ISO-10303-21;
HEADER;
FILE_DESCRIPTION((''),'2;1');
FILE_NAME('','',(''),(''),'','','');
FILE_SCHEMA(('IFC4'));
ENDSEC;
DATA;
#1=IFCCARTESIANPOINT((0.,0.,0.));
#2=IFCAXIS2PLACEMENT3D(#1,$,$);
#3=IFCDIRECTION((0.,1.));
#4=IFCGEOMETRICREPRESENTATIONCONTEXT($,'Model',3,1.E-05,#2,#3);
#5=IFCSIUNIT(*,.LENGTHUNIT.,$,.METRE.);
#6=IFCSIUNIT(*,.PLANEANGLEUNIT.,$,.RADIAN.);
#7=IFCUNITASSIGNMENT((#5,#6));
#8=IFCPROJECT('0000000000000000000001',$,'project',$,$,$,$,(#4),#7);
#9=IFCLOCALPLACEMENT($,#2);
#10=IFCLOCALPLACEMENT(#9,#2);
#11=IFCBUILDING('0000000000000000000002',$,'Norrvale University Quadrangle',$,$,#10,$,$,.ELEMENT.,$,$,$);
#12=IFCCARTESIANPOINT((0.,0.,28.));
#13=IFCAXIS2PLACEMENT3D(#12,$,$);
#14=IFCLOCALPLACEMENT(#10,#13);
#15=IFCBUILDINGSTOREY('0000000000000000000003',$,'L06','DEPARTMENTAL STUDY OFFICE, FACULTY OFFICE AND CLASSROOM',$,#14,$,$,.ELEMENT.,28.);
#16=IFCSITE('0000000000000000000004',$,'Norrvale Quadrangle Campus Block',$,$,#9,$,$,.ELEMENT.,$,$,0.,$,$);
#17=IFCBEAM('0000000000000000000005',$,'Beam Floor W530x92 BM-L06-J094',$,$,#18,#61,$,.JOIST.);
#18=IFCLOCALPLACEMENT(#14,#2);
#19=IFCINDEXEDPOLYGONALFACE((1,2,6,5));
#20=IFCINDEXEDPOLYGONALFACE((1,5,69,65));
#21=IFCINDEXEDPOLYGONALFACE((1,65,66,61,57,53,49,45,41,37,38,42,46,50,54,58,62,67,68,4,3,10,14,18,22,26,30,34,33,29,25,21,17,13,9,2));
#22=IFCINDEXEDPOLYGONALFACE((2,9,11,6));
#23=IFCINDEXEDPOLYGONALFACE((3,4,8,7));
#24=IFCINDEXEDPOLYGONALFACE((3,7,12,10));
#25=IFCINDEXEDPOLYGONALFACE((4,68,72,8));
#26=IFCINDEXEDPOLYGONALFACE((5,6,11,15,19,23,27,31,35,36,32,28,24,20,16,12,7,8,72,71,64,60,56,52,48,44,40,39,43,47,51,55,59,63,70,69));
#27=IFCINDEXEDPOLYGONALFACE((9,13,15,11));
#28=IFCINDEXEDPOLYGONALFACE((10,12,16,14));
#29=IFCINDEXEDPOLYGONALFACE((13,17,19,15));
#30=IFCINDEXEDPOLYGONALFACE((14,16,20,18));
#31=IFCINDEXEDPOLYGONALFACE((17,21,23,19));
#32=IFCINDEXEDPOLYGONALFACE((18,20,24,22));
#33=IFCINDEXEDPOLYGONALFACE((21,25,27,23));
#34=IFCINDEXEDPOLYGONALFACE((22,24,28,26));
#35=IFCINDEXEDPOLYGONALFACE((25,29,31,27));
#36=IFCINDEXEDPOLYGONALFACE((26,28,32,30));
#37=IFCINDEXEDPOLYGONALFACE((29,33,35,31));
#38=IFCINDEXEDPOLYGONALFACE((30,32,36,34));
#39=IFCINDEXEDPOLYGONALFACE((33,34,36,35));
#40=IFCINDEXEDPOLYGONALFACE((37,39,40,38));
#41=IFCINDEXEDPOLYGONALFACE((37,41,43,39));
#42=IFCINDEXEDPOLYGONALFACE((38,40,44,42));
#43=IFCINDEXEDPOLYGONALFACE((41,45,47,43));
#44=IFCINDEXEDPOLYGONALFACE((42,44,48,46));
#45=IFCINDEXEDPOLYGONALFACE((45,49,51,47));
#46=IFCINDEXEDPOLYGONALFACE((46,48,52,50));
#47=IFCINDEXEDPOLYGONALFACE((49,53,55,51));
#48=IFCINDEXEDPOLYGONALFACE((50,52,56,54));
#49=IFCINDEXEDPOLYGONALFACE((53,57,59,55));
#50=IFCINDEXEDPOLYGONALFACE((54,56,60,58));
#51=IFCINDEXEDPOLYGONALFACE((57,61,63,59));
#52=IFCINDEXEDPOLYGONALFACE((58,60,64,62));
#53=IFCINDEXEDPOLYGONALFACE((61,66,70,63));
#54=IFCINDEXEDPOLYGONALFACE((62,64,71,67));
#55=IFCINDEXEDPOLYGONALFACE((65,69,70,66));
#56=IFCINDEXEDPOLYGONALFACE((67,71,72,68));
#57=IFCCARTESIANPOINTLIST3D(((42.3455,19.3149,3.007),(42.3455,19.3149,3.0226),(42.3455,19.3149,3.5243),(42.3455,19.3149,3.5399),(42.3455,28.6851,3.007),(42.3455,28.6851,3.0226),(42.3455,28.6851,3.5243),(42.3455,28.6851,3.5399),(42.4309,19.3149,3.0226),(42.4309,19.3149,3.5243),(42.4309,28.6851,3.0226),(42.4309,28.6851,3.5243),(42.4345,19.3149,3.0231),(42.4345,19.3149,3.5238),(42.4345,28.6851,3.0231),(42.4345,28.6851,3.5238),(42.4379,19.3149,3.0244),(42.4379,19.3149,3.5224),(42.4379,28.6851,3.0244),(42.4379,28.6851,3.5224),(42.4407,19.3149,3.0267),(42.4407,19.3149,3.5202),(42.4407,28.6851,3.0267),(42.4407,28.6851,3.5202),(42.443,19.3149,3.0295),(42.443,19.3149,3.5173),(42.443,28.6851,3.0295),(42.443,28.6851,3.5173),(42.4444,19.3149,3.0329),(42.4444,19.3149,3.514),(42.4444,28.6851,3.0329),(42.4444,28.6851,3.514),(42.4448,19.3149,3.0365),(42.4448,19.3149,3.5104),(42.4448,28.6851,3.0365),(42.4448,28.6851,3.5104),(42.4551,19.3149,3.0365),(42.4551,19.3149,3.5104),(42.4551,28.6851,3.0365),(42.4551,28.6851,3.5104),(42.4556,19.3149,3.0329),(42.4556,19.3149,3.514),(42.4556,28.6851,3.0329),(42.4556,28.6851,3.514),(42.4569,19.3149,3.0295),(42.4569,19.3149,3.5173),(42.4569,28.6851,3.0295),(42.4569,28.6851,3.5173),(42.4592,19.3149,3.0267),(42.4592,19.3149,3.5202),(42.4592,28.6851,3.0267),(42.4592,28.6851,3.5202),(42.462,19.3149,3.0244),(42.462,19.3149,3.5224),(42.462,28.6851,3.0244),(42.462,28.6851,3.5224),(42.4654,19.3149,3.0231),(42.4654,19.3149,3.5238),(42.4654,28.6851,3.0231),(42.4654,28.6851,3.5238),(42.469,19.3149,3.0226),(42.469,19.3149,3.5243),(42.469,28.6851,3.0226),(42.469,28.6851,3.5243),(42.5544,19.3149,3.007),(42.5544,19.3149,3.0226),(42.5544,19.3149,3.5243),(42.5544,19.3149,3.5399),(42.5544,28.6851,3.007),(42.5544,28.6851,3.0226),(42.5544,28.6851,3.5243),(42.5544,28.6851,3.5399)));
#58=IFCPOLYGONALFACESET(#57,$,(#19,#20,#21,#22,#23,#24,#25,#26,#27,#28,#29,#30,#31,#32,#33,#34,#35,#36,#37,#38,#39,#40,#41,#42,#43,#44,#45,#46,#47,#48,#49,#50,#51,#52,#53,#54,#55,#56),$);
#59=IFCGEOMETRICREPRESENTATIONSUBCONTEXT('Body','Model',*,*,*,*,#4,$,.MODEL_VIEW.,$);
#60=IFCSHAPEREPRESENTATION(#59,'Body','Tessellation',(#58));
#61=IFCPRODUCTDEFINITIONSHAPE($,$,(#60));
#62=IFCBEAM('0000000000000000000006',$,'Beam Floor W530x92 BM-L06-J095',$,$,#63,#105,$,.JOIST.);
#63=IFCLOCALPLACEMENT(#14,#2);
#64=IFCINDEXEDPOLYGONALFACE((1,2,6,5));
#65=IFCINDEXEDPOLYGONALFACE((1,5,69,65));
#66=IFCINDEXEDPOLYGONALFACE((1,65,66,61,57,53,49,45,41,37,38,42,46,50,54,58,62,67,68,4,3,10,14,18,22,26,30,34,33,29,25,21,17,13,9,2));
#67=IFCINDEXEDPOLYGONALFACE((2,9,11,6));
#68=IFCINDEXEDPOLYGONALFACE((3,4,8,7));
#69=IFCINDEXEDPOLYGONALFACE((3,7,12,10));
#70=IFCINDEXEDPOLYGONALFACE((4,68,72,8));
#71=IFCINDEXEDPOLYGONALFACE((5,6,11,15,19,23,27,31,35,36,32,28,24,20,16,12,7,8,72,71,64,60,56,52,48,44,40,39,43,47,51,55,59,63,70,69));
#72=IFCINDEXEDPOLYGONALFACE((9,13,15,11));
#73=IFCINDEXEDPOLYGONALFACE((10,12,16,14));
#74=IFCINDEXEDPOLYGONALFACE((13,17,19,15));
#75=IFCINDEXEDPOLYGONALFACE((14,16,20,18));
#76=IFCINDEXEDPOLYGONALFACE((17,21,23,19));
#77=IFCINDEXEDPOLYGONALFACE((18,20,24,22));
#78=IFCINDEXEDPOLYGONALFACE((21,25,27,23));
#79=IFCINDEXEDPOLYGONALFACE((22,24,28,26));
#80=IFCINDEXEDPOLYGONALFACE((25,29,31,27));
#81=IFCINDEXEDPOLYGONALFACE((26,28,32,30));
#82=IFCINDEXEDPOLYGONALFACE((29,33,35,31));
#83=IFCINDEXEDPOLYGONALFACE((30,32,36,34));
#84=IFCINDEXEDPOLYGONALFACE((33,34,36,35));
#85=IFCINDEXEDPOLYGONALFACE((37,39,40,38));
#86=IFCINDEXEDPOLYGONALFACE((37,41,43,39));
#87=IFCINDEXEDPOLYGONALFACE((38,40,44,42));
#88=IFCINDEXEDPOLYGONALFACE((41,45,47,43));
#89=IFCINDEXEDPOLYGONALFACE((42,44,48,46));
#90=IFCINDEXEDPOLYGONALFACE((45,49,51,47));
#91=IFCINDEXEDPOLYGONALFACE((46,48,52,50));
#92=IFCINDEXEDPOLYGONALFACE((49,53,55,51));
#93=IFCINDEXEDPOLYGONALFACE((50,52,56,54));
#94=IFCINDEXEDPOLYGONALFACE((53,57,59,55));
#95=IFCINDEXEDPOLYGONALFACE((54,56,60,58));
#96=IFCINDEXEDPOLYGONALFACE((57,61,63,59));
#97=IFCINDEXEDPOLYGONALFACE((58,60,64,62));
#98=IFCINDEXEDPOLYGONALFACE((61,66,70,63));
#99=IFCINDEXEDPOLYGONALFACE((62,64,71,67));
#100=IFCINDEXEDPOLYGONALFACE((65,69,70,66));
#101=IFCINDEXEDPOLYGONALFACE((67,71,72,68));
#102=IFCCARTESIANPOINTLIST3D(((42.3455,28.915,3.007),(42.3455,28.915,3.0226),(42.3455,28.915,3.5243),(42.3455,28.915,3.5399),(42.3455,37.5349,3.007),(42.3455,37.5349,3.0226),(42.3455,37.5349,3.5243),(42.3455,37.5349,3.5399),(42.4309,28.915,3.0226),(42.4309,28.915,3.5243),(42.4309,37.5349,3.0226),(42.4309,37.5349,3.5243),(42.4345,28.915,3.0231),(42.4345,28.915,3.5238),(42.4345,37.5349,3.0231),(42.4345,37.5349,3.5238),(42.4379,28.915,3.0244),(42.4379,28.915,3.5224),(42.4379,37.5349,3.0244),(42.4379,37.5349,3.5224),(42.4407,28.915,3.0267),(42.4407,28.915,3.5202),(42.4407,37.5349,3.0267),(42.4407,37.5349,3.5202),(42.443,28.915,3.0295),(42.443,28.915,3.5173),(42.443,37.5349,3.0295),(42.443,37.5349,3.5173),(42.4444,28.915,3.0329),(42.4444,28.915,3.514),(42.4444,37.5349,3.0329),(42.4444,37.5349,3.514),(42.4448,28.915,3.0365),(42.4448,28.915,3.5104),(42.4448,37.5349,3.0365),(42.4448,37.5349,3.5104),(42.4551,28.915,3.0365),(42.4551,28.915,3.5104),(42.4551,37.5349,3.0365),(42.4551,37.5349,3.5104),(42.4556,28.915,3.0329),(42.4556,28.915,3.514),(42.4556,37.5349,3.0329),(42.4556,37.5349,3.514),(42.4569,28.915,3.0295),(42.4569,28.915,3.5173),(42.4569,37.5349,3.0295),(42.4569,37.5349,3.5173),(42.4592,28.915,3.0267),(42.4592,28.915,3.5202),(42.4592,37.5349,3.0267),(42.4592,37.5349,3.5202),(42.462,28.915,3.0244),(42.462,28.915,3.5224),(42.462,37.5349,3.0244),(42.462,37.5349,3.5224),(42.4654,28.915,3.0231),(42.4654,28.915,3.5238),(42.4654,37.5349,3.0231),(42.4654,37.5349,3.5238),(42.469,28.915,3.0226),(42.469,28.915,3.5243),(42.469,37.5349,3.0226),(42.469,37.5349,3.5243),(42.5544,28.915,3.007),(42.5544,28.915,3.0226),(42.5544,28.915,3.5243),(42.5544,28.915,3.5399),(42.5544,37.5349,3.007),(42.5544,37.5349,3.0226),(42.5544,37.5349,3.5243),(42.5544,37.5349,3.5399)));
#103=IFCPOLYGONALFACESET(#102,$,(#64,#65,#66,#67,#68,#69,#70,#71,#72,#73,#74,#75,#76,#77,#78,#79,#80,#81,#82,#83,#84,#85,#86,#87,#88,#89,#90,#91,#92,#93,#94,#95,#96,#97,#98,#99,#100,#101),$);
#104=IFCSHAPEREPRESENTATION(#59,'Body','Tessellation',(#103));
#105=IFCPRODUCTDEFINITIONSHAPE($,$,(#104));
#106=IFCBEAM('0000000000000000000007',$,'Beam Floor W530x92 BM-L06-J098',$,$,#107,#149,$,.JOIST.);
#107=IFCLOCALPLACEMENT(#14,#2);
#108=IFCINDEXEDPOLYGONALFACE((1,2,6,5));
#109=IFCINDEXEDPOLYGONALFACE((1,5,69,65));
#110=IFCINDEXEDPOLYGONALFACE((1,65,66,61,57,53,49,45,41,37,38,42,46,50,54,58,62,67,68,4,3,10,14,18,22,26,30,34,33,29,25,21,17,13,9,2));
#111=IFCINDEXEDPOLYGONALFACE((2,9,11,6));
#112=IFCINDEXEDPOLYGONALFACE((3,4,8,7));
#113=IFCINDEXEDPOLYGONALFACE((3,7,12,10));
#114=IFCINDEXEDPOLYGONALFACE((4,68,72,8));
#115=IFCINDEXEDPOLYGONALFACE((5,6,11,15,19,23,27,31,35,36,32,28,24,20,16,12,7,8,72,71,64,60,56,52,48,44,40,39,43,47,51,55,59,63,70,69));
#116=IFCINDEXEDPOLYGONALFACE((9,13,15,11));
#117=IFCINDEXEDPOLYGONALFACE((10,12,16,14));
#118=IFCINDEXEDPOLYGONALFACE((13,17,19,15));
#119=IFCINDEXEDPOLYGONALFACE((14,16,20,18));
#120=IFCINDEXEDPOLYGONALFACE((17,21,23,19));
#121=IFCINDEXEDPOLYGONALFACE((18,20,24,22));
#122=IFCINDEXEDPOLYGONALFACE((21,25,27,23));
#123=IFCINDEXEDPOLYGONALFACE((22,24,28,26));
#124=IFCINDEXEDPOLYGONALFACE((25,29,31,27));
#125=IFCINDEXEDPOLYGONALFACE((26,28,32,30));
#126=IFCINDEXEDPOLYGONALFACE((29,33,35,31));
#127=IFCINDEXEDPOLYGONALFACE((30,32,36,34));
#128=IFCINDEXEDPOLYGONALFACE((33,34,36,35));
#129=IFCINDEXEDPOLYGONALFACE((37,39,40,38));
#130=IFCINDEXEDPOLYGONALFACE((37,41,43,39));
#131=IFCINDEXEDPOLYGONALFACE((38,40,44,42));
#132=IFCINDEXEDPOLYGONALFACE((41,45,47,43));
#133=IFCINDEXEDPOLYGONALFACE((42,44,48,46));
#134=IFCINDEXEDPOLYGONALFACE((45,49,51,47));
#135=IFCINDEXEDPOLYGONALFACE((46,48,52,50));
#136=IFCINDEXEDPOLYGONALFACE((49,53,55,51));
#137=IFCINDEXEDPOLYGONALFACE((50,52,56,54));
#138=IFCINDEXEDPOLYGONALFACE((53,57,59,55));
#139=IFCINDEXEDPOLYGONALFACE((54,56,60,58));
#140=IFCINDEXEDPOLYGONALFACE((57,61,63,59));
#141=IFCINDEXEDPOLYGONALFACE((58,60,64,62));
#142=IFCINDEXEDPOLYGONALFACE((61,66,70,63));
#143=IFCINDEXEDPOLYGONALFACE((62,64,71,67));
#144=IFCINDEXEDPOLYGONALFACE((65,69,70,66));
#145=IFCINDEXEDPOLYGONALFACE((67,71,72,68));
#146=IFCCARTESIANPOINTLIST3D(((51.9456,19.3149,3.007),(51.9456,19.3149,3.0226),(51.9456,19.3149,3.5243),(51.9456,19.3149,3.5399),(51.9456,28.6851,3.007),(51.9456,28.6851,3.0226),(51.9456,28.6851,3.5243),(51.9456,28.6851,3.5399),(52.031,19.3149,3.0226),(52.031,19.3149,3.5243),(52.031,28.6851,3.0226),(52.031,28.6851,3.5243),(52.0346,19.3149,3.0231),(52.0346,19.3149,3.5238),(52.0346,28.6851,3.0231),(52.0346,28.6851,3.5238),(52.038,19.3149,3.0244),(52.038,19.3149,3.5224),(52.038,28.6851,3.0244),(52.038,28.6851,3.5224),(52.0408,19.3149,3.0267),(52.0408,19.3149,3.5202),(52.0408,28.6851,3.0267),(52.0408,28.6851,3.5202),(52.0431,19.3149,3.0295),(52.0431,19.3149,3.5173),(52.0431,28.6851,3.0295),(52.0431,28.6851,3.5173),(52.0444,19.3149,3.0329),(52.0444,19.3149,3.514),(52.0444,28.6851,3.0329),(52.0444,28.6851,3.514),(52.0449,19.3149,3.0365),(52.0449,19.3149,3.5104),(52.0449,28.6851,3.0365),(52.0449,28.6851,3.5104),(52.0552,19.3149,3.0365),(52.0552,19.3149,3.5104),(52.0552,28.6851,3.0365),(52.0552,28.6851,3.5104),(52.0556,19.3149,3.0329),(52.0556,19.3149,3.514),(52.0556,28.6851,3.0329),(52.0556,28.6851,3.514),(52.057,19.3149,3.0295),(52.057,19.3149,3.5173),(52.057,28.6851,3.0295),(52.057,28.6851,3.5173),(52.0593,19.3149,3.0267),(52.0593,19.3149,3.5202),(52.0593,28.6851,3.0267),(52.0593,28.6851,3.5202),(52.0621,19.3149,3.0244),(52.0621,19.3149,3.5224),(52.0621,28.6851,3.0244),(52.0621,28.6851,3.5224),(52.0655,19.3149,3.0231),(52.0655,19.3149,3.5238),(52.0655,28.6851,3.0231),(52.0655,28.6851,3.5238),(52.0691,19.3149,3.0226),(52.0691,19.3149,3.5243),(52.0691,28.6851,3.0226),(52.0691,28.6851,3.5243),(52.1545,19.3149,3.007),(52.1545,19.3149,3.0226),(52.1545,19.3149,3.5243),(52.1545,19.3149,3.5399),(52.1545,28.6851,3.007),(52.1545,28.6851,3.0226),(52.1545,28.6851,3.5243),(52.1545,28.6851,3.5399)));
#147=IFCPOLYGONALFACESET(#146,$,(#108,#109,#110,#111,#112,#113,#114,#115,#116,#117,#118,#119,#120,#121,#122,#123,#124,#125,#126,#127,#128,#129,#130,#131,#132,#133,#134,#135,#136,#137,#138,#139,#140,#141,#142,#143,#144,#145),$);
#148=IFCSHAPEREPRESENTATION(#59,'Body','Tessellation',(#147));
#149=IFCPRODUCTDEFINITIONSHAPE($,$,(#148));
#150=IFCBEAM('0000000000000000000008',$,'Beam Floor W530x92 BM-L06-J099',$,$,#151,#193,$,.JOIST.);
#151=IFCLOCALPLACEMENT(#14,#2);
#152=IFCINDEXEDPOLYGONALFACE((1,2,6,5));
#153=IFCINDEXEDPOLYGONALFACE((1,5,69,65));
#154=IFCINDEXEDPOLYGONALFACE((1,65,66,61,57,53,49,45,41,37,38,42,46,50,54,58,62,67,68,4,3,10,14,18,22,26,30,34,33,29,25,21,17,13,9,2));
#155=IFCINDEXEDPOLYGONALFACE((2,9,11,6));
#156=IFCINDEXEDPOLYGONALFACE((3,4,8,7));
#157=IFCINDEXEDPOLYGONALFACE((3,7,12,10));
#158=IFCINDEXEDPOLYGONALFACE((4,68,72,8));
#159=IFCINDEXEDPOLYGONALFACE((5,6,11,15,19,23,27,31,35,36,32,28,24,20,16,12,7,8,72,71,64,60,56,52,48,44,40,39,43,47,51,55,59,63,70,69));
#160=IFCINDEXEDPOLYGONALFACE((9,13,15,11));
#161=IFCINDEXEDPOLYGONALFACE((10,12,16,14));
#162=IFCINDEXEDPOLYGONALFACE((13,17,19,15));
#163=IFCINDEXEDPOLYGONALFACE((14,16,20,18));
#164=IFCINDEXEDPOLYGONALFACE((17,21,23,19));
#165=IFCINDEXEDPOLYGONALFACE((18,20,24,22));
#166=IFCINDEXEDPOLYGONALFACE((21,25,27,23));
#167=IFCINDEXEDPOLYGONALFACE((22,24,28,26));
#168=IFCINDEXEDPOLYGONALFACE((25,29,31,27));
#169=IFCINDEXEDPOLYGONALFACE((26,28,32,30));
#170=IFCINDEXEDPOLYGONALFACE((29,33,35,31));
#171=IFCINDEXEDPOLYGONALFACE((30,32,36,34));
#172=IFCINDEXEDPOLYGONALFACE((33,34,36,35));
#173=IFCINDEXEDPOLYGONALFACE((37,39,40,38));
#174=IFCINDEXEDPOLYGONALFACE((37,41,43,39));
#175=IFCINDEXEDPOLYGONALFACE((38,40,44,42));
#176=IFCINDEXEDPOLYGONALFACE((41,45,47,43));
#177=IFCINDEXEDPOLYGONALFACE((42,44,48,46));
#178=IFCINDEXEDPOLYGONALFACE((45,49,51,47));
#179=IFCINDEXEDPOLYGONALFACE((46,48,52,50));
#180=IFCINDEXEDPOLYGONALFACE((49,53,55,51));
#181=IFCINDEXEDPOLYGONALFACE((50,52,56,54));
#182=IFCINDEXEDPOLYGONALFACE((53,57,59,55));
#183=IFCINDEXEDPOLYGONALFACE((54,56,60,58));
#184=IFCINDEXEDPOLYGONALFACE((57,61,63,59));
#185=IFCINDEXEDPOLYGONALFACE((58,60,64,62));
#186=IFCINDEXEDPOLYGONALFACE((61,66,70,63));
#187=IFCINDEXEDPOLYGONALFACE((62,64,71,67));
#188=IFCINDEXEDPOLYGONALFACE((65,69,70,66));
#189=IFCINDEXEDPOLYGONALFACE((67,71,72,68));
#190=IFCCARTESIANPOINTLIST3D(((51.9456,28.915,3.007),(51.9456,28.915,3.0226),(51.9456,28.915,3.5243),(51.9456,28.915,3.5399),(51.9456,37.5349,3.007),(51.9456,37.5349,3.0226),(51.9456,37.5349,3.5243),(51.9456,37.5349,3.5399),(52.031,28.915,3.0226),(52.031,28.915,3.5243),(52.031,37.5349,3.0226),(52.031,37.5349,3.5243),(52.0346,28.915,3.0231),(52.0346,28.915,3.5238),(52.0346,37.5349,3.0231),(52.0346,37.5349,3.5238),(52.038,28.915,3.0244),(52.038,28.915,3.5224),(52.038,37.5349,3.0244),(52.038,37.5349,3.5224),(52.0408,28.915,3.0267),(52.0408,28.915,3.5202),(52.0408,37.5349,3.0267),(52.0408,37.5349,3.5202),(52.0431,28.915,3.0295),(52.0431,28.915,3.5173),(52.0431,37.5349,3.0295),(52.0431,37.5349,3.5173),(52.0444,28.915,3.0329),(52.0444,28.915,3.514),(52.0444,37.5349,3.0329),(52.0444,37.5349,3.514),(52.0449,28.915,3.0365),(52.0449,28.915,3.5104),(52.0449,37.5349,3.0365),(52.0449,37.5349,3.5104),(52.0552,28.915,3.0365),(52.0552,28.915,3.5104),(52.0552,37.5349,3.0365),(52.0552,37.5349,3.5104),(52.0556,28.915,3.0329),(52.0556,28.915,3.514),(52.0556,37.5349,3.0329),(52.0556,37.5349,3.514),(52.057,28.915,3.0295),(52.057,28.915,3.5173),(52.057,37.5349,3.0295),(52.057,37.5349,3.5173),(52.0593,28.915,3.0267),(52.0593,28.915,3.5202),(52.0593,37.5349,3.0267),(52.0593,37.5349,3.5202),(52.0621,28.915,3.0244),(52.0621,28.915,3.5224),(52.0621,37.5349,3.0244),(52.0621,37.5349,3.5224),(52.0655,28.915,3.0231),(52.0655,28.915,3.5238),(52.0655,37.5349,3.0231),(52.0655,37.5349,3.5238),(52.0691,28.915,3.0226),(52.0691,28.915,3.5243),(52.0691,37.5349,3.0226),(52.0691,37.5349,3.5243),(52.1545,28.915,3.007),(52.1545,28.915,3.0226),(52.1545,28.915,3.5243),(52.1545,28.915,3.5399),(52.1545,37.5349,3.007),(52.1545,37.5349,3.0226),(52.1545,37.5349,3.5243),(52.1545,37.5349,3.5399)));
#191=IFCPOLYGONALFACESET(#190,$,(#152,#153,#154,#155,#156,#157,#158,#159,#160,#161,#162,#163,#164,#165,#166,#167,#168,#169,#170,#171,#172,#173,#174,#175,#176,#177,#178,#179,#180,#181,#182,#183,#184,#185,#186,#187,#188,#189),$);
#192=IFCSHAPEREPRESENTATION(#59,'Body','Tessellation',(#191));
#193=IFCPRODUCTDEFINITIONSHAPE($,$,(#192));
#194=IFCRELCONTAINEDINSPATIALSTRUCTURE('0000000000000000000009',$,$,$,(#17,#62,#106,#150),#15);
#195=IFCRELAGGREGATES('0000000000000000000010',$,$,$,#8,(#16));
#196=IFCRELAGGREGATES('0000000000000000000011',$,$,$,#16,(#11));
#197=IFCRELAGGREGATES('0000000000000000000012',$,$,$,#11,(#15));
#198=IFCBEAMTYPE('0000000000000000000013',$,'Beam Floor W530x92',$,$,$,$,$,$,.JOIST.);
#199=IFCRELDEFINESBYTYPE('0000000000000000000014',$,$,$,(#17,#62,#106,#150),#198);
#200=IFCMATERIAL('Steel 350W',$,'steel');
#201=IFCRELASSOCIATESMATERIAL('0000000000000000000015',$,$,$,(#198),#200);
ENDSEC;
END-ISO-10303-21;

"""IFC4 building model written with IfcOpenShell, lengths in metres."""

from ifc_helpers import new_model, si_unit, direction, frame, origin, origin_2d, place, context, subcontext, project, spatial, i_section, extrude, material, material_profile, profile_set, type_object, element, save


model = new_model("IFC4")

# Units and contexts
model_context = context("Model", 3, precision=1e-05, world=origin(), true_north=direction((0.0, 1.0)))
body_context = subcontext(model_context, "Body", "Model", "MODEL_VIEW")
ifc_project = project(units=[si_unit("LENGTHUNIT", "METRE"), si_unit("PLANEANGLEUNIT", "RADIAN")], contexts=[model_context])

# Site, building, storey
site_placement = place(None, origin())
site = spatial("IfcSite", under=ifc_project, at=site_placement, Name="Norrvale Quadrangle Campus Block", CompositionType="ELEMENT", RefElevation=0.0)
building_placement = place(site_placement, origin())
building = spatial("IfcBuilding", under=site, at=building_placement, Name="Norrvale University Quadrangle", CompositionType="ELEMENT")
storey_placement = place(building_placement, frame((0.0, 0.0, 28.0)))
storey = spatial("IfcBuildingStorey", under=building, at=storey_placement, Name="L06", Description="DEPARTMENTAL STUDY OFFICE, FACULTY OFFICE AND CLASSROOM", CompositionType="ELEMENT", Elevation=28.0)

# Beams
ifc_material_1 = material(Name="Steel 350W", Category="steel")
ifc_material_profile_1 = material_profile(ifc_material_1, i_section(OverallWidth=0.209, OverallDepth=0.533, WebThickness=0.0103, FlangeThickness=0.0156, FilletRadius=0.0139, at=origin_2d()), Name="Steel 350W")
ifc_profile_set_1 = profile_set([ifc_material_profile_1], Name="Steel 350W")
beam_type_1 = type_object("IfcBeamType", Name="Beam Floor W530x92", PredefinedType="JOIST", material=ifc_profile_set_1)
beam_1_placement = place(storey_placement, frame((42.45, 19.3149, 3.2734), z_axis=(0.0, 1.0, 0.0), x_axis=(-1.0, 0.0, 0.0)))
element("IfcBeam", 1, at=beam_1_placement, inside=storey, type_object=beam_type_1, Name="Beam Floor W530x92 BM-L06-J094", PredefinedType="JOIST", context=body_context, shape_type="SweptSolid", body=[
    extrude(i_section(OverallWidth=0.209, OverallDepth=0.533, WebThickness=0.0103, FlangeThickness=0.0156, FilletRadius=0.0139, at=origin_2d()), origin(), (0.0, 0.0, 1.0), 9.3701),
])
beam_2_placement = place(storey_placement, frame((42.45, 28.915, 3.2734), z_axis=(0.0, 1.0, 0.0), x_axis=(-1.0, 0.0, 0.0)))
element("IfcBeam", 2, at=beam_2_placement, inside=storey, type_object=beam_type_1, Name="Beam Floor W530x92 BM-L06-J095", PredefinedType="JOIST", context=body_context, shape_type="SweptSolid", body=[
    extrude(i_section(OverallWidth=0.209, OverallDepth=0.533, WebThickness=0.0103, FlangeThickness=0.0156, FilletRadius=0.0139, at=origin_2d()), origin(), (0.0, 0.0, 1.0), 8.6199),
])
beam_3_placement = place(storey_placement, frame((52.05, 19.3149, 3.2734), z_axis=(0.0, 1.0, 0.0), x_axis=(-1.0, 0.0, 0.0)))
element("IfcBeam", 3, at=beam_3_placement, inside=storey, type_object=beam_type_1, Name="Beam Floor W530x92 BM-L06-J098", PredefinedType="JOIST", context=body_context, shape_type="SweptSolid", body=[
    extrude(i_section(OverallWidth=0.209, OverallDepth=0.533, WebThickness=0.0103, FlangeThickness=0.0156, FilletRadius=0.0139, at=origin_2d()), origin(), (0.0, 0.0, 1.0), 9.3701),
])
beam_4_placement = place(storey_placement, frame((52.05, 28.915, 3.2734), z_axis=(0.0, 1.0, 0.0), x_axis=(-1.0, 0.0, 0.0)))
element("IfcBeam", 4, at=beam_4_placement, inside=storey, type_object=beam_type_1, Name="Beam Floor W530x92 BM-L06-J099", PredefinedType="JOIST", context=body_context, shape_type="SweptSolid", body=[
    extrude(i_section(OverallWidth=0.209, OverallDepth=0.533, WebThickness=0.0103, FlangeThickness=0.0156, FilletRadius=0.0139, at=origin_2d()), origin(), (0.0, 0.0, 1.0), 8.6199),
])

save(model, "model.ifc")
